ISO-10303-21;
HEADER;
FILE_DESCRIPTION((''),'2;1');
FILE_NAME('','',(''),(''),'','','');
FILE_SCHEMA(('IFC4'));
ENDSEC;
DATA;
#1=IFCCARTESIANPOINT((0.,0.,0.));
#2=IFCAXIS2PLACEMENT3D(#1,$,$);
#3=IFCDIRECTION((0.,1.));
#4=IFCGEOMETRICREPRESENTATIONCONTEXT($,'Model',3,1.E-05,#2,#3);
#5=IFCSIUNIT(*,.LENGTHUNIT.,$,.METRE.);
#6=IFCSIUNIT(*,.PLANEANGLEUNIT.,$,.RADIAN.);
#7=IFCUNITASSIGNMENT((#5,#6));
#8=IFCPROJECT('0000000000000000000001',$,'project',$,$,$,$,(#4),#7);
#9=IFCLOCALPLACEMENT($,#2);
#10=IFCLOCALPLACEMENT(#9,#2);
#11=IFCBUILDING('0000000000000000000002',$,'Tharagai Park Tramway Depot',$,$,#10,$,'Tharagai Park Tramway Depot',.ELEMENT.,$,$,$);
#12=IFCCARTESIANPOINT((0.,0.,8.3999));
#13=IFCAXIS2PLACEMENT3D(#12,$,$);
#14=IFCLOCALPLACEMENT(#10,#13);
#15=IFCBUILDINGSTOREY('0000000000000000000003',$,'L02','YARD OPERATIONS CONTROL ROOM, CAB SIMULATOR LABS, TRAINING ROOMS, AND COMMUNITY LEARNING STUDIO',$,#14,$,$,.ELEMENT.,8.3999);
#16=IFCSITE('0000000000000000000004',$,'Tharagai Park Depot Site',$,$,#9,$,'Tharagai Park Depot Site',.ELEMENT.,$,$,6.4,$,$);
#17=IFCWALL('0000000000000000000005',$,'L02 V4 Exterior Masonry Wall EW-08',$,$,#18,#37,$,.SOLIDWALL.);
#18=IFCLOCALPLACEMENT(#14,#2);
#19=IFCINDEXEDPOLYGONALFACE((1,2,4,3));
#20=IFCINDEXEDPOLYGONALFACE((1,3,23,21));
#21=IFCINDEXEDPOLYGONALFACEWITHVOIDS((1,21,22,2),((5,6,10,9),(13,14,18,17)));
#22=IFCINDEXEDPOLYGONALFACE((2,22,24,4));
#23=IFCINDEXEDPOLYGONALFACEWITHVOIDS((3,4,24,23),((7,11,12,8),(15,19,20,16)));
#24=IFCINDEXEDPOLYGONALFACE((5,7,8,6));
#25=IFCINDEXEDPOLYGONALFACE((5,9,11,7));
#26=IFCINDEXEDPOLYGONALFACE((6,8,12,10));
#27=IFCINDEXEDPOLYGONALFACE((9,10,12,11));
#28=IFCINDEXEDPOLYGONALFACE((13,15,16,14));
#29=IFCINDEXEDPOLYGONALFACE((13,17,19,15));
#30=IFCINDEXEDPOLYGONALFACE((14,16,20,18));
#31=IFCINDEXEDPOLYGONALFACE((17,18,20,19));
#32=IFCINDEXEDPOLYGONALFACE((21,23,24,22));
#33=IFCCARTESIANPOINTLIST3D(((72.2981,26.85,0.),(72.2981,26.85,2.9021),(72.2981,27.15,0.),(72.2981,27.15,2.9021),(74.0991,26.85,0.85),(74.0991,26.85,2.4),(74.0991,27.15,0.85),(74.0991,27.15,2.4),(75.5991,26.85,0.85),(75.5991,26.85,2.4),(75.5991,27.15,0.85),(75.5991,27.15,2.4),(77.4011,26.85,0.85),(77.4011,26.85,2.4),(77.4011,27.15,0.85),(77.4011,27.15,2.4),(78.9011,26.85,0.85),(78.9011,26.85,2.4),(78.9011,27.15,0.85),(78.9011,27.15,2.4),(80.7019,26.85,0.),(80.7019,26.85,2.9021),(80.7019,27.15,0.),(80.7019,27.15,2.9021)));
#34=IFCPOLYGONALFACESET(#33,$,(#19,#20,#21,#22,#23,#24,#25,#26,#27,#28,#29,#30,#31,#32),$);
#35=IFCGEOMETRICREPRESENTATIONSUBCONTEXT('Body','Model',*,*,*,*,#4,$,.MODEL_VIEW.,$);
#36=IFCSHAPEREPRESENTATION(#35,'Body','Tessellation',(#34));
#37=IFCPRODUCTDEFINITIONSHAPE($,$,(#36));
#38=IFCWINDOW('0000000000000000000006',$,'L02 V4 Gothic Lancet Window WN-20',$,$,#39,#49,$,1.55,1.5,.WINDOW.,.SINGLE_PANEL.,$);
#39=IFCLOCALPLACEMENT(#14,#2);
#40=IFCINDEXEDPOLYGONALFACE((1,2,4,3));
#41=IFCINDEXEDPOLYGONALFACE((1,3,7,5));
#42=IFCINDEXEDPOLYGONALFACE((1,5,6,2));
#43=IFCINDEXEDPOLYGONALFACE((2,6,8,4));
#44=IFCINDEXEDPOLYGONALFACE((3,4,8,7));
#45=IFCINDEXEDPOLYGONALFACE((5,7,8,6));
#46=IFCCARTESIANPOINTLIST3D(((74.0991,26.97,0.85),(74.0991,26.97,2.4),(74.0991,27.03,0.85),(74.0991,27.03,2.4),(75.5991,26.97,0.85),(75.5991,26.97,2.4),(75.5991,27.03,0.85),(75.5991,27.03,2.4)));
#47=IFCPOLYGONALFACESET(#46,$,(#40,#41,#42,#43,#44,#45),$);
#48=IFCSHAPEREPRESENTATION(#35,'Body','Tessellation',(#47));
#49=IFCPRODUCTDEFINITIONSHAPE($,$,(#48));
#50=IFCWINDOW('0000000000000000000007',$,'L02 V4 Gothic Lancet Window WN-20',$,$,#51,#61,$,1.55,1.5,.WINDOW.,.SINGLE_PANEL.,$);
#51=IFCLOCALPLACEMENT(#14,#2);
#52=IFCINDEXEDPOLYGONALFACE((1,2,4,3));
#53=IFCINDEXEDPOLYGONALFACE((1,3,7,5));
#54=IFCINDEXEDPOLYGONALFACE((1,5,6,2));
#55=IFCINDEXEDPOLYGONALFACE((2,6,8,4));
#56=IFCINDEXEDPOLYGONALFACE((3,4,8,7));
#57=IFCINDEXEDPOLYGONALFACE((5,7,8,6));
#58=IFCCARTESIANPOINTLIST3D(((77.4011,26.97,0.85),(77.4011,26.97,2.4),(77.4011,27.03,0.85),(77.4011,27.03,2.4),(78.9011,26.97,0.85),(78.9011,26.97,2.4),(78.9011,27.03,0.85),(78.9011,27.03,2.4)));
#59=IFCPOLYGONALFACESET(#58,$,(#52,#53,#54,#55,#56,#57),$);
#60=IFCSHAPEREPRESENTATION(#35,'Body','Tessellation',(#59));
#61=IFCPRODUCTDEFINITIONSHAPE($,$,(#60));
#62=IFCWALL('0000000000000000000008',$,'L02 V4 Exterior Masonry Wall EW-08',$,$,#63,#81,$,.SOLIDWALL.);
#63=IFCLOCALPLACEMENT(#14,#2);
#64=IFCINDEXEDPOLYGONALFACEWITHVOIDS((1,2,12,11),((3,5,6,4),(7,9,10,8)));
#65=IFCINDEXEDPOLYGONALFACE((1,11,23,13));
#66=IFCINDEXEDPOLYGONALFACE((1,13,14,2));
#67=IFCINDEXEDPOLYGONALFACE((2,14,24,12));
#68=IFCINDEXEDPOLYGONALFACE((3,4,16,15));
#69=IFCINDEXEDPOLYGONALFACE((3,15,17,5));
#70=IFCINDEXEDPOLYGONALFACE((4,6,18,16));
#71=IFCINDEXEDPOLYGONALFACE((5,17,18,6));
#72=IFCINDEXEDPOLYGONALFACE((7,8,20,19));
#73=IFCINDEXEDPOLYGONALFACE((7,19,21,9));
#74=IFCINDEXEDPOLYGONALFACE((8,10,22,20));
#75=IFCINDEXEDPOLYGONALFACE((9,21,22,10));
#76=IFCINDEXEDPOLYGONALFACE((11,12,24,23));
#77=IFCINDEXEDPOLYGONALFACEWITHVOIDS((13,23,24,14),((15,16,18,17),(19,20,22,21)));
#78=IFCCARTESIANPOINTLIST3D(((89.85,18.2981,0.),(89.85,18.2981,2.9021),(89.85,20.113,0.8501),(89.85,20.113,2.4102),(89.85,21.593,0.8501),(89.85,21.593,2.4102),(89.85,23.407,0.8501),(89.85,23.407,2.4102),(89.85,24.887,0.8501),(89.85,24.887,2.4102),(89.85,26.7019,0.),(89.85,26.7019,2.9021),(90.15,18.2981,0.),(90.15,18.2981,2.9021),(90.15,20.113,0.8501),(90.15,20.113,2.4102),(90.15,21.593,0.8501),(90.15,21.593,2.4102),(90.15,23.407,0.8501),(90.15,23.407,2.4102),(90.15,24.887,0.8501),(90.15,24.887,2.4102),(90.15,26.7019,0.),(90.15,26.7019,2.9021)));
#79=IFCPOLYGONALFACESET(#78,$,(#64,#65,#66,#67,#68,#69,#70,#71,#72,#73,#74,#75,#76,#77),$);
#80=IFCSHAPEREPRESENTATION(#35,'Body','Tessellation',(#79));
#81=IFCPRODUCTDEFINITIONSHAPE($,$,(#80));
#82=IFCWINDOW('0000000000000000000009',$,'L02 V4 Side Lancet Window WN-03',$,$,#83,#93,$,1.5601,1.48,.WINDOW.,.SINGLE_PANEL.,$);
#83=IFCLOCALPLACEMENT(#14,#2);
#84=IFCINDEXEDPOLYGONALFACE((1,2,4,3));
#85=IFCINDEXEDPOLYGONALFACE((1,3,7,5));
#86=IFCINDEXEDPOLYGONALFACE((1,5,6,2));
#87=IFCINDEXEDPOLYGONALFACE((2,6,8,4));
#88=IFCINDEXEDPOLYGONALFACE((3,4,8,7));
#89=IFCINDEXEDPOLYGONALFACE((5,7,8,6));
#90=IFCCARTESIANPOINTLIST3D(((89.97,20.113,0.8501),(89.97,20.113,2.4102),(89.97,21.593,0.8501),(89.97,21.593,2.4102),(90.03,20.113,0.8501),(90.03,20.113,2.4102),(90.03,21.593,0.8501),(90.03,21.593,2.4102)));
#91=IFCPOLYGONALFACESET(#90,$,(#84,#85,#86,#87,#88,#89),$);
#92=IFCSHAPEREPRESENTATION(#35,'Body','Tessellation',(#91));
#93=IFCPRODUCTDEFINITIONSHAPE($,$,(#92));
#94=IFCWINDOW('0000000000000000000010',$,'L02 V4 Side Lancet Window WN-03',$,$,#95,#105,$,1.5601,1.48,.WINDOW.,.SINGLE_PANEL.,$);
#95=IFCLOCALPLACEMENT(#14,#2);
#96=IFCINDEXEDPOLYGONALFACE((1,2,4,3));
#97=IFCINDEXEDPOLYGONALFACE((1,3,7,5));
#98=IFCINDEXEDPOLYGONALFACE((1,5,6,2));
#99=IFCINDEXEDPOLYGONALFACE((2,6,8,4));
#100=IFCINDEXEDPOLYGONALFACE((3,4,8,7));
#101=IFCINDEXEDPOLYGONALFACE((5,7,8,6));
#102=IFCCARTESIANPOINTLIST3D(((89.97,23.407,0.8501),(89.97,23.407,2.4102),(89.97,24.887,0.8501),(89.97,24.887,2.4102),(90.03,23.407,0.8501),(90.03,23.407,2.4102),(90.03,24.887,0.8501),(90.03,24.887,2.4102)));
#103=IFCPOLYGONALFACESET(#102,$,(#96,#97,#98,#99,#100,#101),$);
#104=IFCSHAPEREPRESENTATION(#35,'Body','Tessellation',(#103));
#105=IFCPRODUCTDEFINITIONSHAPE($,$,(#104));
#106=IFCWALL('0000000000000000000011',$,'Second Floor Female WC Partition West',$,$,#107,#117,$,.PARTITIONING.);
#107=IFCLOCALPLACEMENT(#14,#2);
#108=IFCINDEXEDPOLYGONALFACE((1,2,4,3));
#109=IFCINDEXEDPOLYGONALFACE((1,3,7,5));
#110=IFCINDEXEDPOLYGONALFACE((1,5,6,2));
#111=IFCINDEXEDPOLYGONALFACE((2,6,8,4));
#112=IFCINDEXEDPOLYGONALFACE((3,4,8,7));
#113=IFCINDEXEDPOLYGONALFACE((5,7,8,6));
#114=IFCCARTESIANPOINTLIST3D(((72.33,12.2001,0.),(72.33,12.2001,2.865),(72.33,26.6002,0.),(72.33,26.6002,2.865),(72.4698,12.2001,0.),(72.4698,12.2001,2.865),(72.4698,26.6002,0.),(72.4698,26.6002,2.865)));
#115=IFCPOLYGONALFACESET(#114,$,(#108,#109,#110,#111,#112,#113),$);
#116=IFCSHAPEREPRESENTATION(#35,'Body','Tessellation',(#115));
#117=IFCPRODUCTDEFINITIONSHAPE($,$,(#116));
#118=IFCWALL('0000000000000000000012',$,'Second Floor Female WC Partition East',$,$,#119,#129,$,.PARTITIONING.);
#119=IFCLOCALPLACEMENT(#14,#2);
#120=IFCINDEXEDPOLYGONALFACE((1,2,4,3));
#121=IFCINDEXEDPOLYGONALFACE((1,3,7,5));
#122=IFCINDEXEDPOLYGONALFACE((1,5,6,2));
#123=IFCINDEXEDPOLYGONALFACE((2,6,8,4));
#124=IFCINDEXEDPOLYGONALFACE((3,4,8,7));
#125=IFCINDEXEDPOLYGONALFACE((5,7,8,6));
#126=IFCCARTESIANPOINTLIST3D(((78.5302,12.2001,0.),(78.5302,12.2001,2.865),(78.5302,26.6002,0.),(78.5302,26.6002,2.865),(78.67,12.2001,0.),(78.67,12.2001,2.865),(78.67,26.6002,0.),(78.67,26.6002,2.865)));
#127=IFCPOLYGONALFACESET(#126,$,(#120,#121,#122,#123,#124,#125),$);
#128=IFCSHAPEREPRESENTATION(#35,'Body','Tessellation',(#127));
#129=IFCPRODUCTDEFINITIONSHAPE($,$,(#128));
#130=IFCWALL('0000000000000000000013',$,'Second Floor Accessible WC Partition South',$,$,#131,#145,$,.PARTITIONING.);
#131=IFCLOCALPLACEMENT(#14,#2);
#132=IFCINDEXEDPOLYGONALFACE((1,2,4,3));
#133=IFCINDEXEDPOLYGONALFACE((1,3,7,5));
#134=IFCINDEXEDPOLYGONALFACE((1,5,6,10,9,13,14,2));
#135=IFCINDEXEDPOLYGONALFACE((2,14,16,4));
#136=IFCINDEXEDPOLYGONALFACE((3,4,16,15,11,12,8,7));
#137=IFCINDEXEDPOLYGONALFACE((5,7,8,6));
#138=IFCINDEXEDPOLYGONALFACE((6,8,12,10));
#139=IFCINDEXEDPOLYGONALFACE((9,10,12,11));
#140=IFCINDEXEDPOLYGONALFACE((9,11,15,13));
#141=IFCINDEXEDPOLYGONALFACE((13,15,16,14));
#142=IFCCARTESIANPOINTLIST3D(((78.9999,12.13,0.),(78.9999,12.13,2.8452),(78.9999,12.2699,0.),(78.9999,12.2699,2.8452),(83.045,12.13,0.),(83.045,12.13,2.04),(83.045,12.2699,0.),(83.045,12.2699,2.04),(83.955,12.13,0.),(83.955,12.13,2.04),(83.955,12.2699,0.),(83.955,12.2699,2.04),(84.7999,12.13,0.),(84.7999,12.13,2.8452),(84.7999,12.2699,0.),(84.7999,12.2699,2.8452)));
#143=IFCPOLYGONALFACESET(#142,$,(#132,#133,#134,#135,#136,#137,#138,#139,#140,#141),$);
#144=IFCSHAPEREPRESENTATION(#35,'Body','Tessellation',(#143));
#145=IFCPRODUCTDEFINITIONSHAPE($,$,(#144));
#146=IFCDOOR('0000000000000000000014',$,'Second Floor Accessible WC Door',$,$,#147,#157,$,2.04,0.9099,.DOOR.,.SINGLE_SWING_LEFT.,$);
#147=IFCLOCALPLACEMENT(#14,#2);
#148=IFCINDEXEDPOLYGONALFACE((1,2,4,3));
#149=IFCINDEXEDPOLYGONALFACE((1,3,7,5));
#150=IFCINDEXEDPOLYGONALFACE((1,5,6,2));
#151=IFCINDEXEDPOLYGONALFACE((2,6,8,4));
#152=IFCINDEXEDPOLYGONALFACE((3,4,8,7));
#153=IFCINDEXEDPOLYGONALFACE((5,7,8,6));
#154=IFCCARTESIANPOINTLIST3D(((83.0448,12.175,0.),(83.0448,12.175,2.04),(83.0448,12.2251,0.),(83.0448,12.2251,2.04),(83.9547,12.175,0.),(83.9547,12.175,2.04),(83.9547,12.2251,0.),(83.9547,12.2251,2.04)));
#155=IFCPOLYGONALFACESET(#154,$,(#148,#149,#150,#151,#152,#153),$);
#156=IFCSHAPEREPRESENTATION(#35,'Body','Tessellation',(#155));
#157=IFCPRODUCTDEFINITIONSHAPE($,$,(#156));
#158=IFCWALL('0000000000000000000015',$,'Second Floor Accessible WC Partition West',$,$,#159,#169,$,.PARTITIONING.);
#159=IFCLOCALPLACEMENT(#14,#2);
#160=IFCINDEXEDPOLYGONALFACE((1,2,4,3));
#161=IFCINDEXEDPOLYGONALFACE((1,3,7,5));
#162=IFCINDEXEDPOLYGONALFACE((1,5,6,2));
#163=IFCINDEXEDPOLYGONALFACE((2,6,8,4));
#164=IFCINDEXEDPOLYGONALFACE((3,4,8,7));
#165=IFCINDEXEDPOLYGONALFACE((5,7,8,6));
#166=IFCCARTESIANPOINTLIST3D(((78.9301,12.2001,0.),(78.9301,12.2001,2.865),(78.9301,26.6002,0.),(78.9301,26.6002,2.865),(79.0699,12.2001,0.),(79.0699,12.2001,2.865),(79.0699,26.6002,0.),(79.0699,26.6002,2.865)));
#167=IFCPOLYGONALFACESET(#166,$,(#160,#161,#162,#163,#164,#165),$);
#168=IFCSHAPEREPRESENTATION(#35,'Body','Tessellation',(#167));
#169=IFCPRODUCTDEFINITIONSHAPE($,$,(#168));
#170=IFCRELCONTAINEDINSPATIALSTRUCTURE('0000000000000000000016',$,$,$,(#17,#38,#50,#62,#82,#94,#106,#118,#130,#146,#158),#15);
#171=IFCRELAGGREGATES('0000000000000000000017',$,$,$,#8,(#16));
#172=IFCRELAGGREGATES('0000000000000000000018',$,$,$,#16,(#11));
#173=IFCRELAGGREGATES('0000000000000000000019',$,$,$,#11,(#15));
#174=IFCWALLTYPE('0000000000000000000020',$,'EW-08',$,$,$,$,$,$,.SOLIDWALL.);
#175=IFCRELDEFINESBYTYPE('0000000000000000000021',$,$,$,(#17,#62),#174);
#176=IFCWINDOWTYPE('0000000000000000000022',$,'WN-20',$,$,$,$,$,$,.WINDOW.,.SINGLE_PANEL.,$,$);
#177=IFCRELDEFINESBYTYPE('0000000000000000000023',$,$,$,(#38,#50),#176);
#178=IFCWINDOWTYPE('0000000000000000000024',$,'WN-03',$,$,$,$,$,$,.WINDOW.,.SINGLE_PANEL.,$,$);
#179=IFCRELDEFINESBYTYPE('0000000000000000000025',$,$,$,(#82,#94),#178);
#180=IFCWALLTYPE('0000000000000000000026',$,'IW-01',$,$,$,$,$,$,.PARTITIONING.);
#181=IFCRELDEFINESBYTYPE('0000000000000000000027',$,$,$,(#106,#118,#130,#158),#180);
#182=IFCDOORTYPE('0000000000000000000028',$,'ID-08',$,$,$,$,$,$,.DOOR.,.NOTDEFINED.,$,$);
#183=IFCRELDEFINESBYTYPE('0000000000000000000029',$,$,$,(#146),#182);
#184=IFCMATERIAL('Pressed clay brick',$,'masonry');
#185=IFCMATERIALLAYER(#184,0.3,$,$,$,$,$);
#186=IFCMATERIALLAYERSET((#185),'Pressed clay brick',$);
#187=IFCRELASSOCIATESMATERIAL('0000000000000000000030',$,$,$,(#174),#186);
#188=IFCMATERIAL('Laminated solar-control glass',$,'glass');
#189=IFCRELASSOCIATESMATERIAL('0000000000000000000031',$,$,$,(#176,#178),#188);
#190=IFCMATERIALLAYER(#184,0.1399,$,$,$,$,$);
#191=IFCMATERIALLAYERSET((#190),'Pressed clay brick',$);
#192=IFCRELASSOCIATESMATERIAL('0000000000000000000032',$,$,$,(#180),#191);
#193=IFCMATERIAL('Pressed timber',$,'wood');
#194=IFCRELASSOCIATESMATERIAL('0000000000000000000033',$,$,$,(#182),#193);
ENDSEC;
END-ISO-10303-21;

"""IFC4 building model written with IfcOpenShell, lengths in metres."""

from ifc_helpers import new_model, si_unit, direction, frame, frame_2d, origin, place, context, subcontext, project, spatial, rectangle, extrude, material, layer, layer_set, type_object, element, fill, save


model = new_model("IFC4")

# Units and contexts
model_context = context("Model", 3, precision=1e-05, world=origin(), true_north=direction((0.0, 1.0)))
body_context = subcontext(model_context, "Body", "Model", "MODEL_VIEW")
ifc_project = project(units=[si_unit("LENGTHUNIT", "METRE"), si_unit("PLANEANGLEUNIT", "RADIAN")], contexts=[model_context])

# Site, building, storey
site_placement = place(None, origin())
site = spatial("IfcSite", under=ifc_project, at=site_placement, Name="Tharagai Park Depot Site", LongName="Tharagai Park Depot Site", CompositionType="ELEMENT", RefElevation=6.4)
building_placement = place(site_placement, origin())
building = spatial("IfcBuilding", under=site, at=building_placement, Name="Tharagai Park Tramway Depot", LongName="Tharagai Park Tramway Depot", CompositionType="ELEMENT")
storey_placement = place(building_placement, frame((0.0, 0.0, 8.3999)))
storey = spatial("IfcBuildingStorey", under=building, at=storey_placement, Name="L02", Description="YARD OPERATIONS CONTROL ROOM, CAB SIMULATOR LABS, TRAINING ROOMS, AND COMMUNITY LEARNING STUDIO", CompositionType="ELEMENT", Elevation=8.3999)

# Walls, openings, windows
ifc_material_1 = material(Name="Pressed clay brick", Category="masonry")
ifc_layer_1 = layer(ifc_material_1, 0.3)
ifc_layer_set_1 = layer_set([ifc_layer_1], Name="Pressed clay brick")
wall_type_1 = type_object("IfcWallType", Name="EW-08", PredefinedType="SOLIDWALL", material=ifc_layer_set_1)
wall_1_placement = place(storey_placement, frame((72.2981, 27.0, 0.0), z_axis=(0.0, 0.0, 1.0), x_axis=(1.0, 0.0, 0.0)))
wall_1 = element("IfcWall", 1, at=wall_1_placement, inside=storey, type_object=wall_type_1, Name="L02 V4 Exterior Masonry Wall EW-08", PredefinedType="SOLIDWALL", context=body_context, shape_type="SweptSolid", body=[
    extrude(rectangle(XDim=8.4038, YDim=0.3, at=frame_2d((4.2019, 0.0))), origin(), (0.0, 0.0, 1.0), 2.9021),
])
opening_1_placement = place(wall_1_placement, frame((1.801, 0.0, 0.8501)))
opening_1 = element("IfcOpeningElement", 2, at=opening_1_placement, cuts=wall_1, PredefinedType="OPENING", context=body_context, shape_type="SweptSolid", body=[
    extrude(rectangle(XDim=1.5, YDim=1.55, at=frame_2d((0.75, 0.7749))), frame((0.0, 0.1599, 0.0), z_axis=(0.0, -1.0, 0.0), x_axis=(1.0, 0.0, 0.0)), (0.0, 0.0, 1.0), 0.3201),
])
opening_2_placement = place(wall_1_placement, frame((5.103, 0.0, 0.8501)))
opening_2 = element("IfcOpeningElement", 3, at=opening_2_placement, cuts=wall_1, PredefinedType="OPENING", context=body_context, shape_type="SweptSolid", body=[
    extrude(rectangle(XDim=1.5, YDim=1.55, at=frame_2d((0.75, 0.7749))), frame((0.0, 0.1599, 0.0), z_axis=(0.0, -1.0, 0.0), x_axis=(1.0, 0.0, 0.0)), (0.0, 0.0, 1.0), 0.3201),
])
ifc_material_2 = material(Name="Laminated solar-control glass", Category="glass")
window_type_1 = type_object("IfcWindowType", Name="WN-20", PartitioningType="SINGLE_PANEL", PredefinedType="WINDOW", material=ifc_material_2)
window_1_placement = place(opening_1_placement, origin())
window_1 = element("IfcWindow", 4, at=window_1_placement, inside=storey, type_object=window_type_1, Name="L02 V4 Gothic Lancet Window WN-20", OverallHeight=1.55, OverallWidth=1.5, PartitioningType="SINGLE_PANEL", PredefinedType="WINDOW", context=body_context, shape_type="SweptSolid", body=[
    extrude(rectangle(XDim=1.5, YDim=1.55, at=frame_2d((0.75, 0.7749))), frame((0.0, 0.03, 0.0), z_axis=(0.0, -1.0, 0.0), x_axis=(1.0, 0.0, 0.0)), (0.0, 0.0, 1.0), 0.0601),
])
fill(opening_1, window_1)
window_2_placement = place(opening_2_placement, origin())
window_2 = element("IfcWindow", 5, at=window_2_placement, inside=storey, type_object=window_type_1, Name="L02 V4 Gothic Lancet Window WN-20", OverallHeight=1.55, OverallWidth=1.5, PartitioningType="SINGLE_PANEL", PredefinedType="WINDOW", context=body_context, shape_type="SweptSolid", body=[
    extrude(rectangle(XDim=1.5, YDim=1.55, at=frame_2d((0.75, 0.7749))), frame((0.0, 0.03, 0.0), z_axis=(0.0, -1.0, 0.0), x_axis=(1.0, 0.0, 0.0)), (0.0, 0.0, 1.0), 0.0601),
])
fill(opening_2, window_2)
wall_2_placement = place(storey_placement, frame((90.0, 18.2981, 0.0), z_axis=(0.0, 0.0, 1.0), x_axis=(0.0, 1.0, 0.0)))
wall_2 = element("IfcWall", 6, at=wall_2_placement, inside=storey, type_object=wall_type_1, Name="L02 V4 Exterior Masonry Wall EW-08", PredefinedType="SOLIDWALL", context=body_context, shape_type="SweptSolid", body=[
    extrude(rectangle(XDim=8.4038, YDim=0.3, at=frame_2d((4.2019, 0.0))), origin(), (0.0, 0.0, 1.0), 2.9021),
])
opening_3_placement = place(wall_2_placement, frame((1.8149, 0.0, 0.8501)))
opening_3 = element("IfcOpeningElement", 7, at=opening_3_placement, cuts=wall_2, PredefinedType="OPENING", context=body_context, shape_type="SweptSolid", body=[
    extrude(rectangle(XDim=1.48, YDim=1.5601, at=frame_2d((0.74, 0.78))), frame((0.0, 0.1599, 0.0), z_axis=(0.0, -1.0, 0.0), x_axis=(1.0, 0.0, 0.0)), (0.0, 0.0, 1.0), 0.3201),
])
opening_4_placement = place(wall_2_placement, frame((5.1089, 0.0, 0.8501)))
opening_4 = element("IfcOpeningElement", 8, at=opening_4_placement, cuts=wall_2, PredefinedType="OPENING", context=body_context, shape_type="SweptSolid", body=[
    extrude(rectangle(XDim=1.48, YDim=1.5601, at=frame_2d((0.74, 0.78))), frame((0.0, 0.1599, 0.0), z_axis=(0.0, -1.0, 0.0), x_axis=(1.0, 0.0, 0.0)), (0.0, 0.0, 1.0), 0.3201),
])
window_type_2 = type_object("IfcWindowType", Name="WN-03", PartitioningType="SINGLE_PANEL", PredefinedType="WINDOW", material=ifc_material_2)
window_3_placement = place(opening_3_placement, origin())
window_3 = element("IfcWindow", 9, at=window_3_placement, inside=storey, type_object=window_type_2, Name="L02 V4 Side Lancet Window WN-03", OverallHeight=1.5601, OverallWidth=1.48, PartitioningType="SINGLE_PANEL", PredefinedType="WINDOW", context=body_context, shape_type="SweptSolid", body=[
    extrude(rectangle(XDim=1.48, YDim=1.5601, at=frame_2d((0.74, 0.78))), frame((0.0, 0.03, 0.0), z_axis=(0.0, -1.0, 0.0), x_axis=(1.0, 0.0, 0.0)), (0.0, 0.0, 1.0), 0.0601),
])
fill(opening_3, window_3)
window_4_placement = place(opening_4_placement, origin())
window_4 = element("IfcWindow", 10, at=window_4_placement, inside=storey, type_object=window_type_2, Name="L02 V4 Side Lancet Window WN-03", OverallHeight=1.5601, OverallWidth=1.48, PartitioningType="SINGLE_PANEL", PredefinedType="WINDOW", context=body_context, shape_type="SweptSolid", body=[
    extrude(rectangle(XDim=1.48, YDim=1.5601, at=frame_2d((0.74, 0.78))), frame((0.0, 0.03, 0.0), z_axis=(0.0, -1.0, 0.0), x_axis=(1.0, 0.0, 0.0)), (0.0, 0.0, 1.0), 0.0601),
])
fill(opening_4, window_4)

# Walls
ifc_layer_2 = layer(ifc_material_1, 0.1399)
ifc_layer_set_2 = layer_set([ifc_layer_2], Name="Pressed clay brick")
wall_type_2 = type_object("IfcWallType", Name="IW-01", PredefinedType="PARTITIONING", material=ifc_layer_set_2)
for number, where, z_axis, x_axis, name in (
    (11, (72.3999, 12.2, 0.0), (0.0, 0.0, 1.0), (0.0, 1.0, 0.0), "Second Floor Female WC Partition West"),
    (12, (78.6001, 12.2, 0.0), (0.0, 0.0, 1.0), (0.0, 1.0, 0.0), "Second Floor Female WC Partition East"),
):
    element("IfcWall", number, at=place(storey_placement, frame(where, z_axis=z_axis, x_axis=x_axis)), inside=storey, type_object=wall_type_2, Name=name, PredefinedType="PARTITIONING", context=body_context, shape_type="SweptSolid", body=[
        extrude(rectangle(XDim=14.4001, YDim=0.1399, at=frame_2d((7.2002, 0.0))), origin(), (0.0, 0.0, 1.0), 2.865),
    ])

# Wall, opening, door
wall_3_placement = place(storey_placement, frame((79.0, 12.2, 0.0), z_axis=(0.0, 0.0, 1.0), x_axis=(1.0, 0.0, 0.0)))
wall_3 = element("IfcWall", 13, at=wall_3_placement, inside=storey, type_object=wall_type_2, Name="Second Floor Accessible WC Partition South", PredefinedType="PARTITIONING", context=body_context, shape_type="SweptSolid", body=[
    extrude(rectangle(XDim=5.8, YDim=0.1399, at=frame_2d((2.8999, 0.0))), origin(), (0.0, 0.0, 1.0), 2.8452),
])
opening_5_placement = place(wall_3_placement, frame((4.0449, 0.0, 0.0)))
opening_5 = element("IfcOpeningElement", 14, at=opening_5_placement, cuts=wall_3, PredefinedType="OPENING", context=body_context, shape_type="SweptSolid", body=[
    extrude(rectangle(XDim=0.9099, YDim=2.04, at=frame_2d((0.4551, 1.02))), frame((0.0, 0.0798, 0.0), z_axis=(0.0, -1.0, 0.0), x_axis=(1.0, 0.0, 0.0)), (0.0, 0.0, 1.0), 0.1599),
])
ifc_material_3 = material(Name="Pressed timber", Category="wood")
door_type_1 = type_object("IfcDoorType", Name="ID-08", OperationType="NOTDEFINED", PredefinedType="DOOR", material=ifc_material_3)
door_1_placement = place(opening_5_placement, frame((0.9099, 0.0, 0.0), z_axis=(0.0, 0.0, 1.0), x_axis=(-1.0, 0.0, 0.0)))
door_1 = element("IfcDoor", 15, at=door_1_placement, inside=storey, type_object=door_type_1, Name="Second Floor Accessible WC Door", OperationType="SINGLE_SWING_LEFT", OverallHeight=2.04, OverallWidth=0.9099, PredefinedType="DOOR", context=body_context, shape_type="SweptSolid", body=[
    extrude(rectangle(XDim=0.9099, YDim=2.04, at=frame_2d((0.4551, 1.02))), frame((0.0, 0.0249, 0.0), z_axis=(0.0, -1.0, 0.0), x_axis=(1.0, 0.0, 0.0)), (0.0, 0.0, 1.0), 0.05),
])
fill(opening_5, door_1)

# Wall
wall_4_placement = place(storey_placement, frame((79.0, 12.2, 0.0), z_axis=(0.0, 0.0, 1.0), x_axis=(0.0, 1.0, 0.0)))
element("IfcWall", 16, at=wall_4_placement, inside=storey, type_object=wall_type_2, Name="Second Floor Accessible WC Partition West", PredefinedType="PARTITIONING", context=body_context, shape_type="SweptSolid", body=[
    extrude(rectangle(XDim=14.4001, YDim=0.1399, at=frame_2d((7.2002, 0.0))), origin(), (0.0, 0.0, 1.0), 2.865),
])

save(model, "model.ifc")
